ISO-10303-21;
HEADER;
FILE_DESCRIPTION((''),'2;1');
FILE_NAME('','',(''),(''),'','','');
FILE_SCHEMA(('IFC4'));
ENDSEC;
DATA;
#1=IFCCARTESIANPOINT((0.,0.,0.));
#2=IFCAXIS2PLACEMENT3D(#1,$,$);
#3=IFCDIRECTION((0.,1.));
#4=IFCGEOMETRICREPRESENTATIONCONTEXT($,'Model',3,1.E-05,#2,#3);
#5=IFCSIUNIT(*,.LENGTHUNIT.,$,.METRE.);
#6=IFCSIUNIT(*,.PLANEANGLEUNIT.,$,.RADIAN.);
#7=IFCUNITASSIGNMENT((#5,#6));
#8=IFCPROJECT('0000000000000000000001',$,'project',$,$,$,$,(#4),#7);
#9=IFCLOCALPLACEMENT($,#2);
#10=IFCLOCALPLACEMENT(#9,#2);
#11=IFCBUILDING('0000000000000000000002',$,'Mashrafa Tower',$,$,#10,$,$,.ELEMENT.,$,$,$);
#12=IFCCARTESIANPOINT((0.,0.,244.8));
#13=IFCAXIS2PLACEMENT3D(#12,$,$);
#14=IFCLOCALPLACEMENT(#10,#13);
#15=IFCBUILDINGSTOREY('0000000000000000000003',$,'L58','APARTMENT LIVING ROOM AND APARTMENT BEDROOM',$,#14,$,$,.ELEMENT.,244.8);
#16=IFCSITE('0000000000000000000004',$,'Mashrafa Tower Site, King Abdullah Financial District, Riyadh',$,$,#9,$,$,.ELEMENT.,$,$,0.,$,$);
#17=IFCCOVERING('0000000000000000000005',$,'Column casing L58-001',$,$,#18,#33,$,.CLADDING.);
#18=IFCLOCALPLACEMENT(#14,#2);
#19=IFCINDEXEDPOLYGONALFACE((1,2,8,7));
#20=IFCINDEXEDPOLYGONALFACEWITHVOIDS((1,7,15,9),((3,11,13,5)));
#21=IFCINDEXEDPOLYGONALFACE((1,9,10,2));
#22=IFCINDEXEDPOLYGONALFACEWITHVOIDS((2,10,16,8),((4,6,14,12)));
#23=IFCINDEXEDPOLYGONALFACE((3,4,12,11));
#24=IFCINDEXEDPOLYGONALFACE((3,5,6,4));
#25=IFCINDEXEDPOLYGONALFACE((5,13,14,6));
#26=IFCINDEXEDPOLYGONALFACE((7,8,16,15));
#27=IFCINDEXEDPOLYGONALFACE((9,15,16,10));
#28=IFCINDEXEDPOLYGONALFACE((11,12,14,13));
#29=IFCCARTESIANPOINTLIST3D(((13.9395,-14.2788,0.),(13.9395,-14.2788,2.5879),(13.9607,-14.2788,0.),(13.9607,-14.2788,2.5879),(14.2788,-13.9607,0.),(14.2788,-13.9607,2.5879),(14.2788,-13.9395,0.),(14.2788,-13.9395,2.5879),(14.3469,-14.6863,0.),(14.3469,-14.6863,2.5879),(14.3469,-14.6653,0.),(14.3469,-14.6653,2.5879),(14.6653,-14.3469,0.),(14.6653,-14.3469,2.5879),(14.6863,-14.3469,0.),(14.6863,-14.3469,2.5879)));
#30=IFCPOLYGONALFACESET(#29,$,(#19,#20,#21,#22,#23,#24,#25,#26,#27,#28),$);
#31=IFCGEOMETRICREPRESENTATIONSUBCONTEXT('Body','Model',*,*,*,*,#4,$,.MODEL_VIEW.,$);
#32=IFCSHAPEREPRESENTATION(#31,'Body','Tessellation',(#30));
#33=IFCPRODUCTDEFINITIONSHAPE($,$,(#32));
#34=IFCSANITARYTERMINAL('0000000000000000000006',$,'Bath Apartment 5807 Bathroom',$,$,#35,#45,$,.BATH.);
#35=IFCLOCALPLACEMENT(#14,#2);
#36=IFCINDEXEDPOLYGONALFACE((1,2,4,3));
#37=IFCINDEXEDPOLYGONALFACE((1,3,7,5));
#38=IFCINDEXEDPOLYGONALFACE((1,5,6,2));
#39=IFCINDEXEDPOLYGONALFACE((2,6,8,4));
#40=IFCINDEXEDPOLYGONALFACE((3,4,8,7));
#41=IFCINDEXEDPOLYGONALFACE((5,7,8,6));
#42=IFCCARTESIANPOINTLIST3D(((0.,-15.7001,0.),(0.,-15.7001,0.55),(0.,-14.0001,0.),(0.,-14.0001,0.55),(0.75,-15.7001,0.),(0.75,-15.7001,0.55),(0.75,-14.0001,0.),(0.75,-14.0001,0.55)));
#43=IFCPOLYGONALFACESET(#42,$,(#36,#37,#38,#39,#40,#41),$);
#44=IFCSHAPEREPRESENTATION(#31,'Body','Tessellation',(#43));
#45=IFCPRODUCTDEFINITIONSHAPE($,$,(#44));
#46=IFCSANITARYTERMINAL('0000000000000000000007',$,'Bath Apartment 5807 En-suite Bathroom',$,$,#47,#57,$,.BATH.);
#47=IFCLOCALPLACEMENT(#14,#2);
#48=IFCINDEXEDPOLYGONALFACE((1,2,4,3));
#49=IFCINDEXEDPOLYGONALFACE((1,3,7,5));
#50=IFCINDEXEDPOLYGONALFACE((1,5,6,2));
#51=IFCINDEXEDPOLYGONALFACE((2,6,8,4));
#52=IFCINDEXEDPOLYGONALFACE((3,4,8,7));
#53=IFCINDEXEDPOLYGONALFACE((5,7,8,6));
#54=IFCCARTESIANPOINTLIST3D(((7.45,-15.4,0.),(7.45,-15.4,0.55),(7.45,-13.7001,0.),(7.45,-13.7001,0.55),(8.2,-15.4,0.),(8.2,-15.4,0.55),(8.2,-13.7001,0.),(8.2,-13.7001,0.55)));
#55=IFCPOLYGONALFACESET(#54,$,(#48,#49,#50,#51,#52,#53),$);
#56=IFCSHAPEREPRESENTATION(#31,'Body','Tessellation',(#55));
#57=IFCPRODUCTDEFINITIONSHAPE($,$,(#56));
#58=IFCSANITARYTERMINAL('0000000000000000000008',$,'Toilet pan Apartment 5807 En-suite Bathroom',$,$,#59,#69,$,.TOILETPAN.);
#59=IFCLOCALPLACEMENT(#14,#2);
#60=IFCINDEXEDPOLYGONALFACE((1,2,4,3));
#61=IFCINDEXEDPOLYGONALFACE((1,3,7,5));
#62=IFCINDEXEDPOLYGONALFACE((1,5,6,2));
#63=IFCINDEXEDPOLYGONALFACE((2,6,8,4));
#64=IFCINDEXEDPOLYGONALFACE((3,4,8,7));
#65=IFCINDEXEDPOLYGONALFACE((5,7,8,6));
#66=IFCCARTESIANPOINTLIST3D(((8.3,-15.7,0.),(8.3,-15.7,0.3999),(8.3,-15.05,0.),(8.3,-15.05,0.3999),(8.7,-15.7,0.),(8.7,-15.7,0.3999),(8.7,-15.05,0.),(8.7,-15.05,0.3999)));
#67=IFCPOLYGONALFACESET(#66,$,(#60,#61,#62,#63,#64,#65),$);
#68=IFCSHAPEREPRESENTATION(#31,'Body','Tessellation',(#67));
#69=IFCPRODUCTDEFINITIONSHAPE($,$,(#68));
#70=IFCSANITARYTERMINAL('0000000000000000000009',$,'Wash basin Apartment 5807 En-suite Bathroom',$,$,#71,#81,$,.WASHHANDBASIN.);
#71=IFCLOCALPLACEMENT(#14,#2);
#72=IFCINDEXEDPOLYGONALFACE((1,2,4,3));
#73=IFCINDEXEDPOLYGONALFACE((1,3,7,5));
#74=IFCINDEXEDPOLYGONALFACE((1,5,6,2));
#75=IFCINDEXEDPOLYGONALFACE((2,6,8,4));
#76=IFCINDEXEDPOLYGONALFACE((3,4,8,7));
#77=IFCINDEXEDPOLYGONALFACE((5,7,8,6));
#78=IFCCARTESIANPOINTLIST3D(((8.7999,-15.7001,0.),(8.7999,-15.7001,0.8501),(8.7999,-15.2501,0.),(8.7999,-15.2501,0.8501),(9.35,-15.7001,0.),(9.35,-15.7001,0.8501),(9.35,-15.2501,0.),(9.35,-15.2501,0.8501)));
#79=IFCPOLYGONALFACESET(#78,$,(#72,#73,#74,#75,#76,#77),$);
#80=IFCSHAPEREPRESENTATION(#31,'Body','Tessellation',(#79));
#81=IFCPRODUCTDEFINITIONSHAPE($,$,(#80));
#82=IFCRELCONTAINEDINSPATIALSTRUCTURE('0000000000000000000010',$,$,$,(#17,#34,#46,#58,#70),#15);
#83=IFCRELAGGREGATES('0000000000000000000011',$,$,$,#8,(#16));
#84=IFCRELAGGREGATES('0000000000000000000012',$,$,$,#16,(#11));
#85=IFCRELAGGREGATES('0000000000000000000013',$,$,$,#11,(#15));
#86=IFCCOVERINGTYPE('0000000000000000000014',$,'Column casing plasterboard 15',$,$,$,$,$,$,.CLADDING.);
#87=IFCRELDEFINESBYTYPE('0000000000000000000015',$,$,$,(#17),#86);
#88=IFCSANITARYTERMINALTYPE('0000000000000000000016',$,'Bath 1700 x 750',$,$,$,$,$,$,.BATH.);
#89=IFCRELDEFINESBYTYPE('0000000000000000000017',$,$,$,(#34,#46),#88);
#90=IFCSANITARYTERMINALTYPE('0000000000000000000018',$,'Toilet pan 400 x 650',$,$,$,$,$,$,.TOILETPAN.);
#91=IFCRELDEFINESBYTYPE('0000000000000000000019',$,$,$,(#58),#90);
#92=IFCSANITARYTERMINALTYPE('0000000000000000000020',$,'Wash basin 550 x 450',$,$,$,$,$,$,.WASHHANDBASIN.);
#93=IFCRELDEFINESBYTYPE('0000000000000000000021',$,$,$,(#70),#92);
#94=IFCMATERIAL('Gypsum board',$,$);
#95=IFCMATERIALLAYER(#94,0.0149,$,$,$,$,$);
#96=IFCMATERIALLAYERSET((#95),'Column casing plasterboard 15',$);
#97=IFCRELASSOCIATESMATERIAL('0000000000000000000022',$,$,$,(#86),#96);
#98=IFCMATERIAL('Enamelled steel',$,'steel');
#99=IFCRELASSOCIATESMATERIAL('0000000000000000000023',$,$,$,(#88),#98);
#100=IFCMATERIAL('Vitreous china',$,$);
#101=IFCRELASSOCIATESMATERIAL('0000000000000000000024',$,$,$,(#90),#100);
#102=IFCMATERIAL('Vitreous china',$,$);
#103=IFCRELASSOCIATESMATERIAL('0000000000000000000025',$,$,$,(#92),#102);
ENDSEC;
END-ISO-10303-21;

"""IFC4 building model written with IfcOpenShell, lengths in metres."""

from ifc_helpers import new_model, si_unit, direction, frame, origin, origin_2d, place, context, subcontext, project, spatial, polyline, rectangle, outline, extrude, material, layer, layer_set, type_object, element, save


model = new_model("IFC4")

# Units and contexts
model_context = context("Model", 3, precision=1e-05, world=origin(), true_north=direction((0.0, 1.0)))
body_context = subcontext(model_context, "Body", "Model", "MODEL_VIEW")
ifc_project = project(units=[si_unit("LENGTHUNIT", "METRE"), si_unit("PLANEANGLEUNIT", "RADIAN")], contexts=[model_context])

# Site, building, storey
site_placement = place(None, origin())
site = spatial("IfcSite", under=ifc_project, at=site_placement, Name="Mashrafa Tower Site, King Abdullah Financial District, Riyadh", CompositionType="ELEMENT", RefElevation=0.0)
building_placement = place(site_placement, origin())
building = spatial("IfcBuilding", under=site, at=building_placement, Name="Mashrafa Tower", CompositionType="ELEMENT")
storey_placement = place(building_placement, frame((0.0, 0.0, 244.8)))
storey = spatial("IfcBuildingStorey", under=building, at=storey_placement, Name="L58", Description="APARTMENT LIVING ROOM AND APARTMENT BEDROOM", CompositionType="ELEMENT", Elevation=244.8)

# Covering
ifc_material_1 = material(Name="Gypsum board")
ifc_layer_1 = layer(ifc_material_1, 0.0149)
ifc_layer_set_1 = layer_set([ifc_layer_1], Name="Column casing plasterboard 15")
covering_type = type_object("IfcCoveringType", Name="Column casing plasterboard 15", PredefinedType="CLADDING", material=ifc_layer_set_1)
covering_placement = place(storey_placement, origin())
element("IfcCovering", 1, at=covering_placement, inside=storey, type_object=covering_type, Name="Column casing L58-001", PredefinedType="CLADDING", context=body_context, shape_type="SweptSolid", body=[
    extrude(outline(polyline([(13.9395, -14.2788), (14.2788, -13.9395), (14.6863, -14.3469), (14.3469, -14.6863), (13.9395, -14.2788)]), holes=[polyline([(14.6653, -14.3469), (14.2788, -13.9607), (13.9607, -14.2788), (14.3469, -14.6653), (14.6653, -14.3469)])]), origin(), (0.0, 0.0, 1.0), 2.5879),
])

# Sanitary terminals
ifc_material_2 = material(Name="Enamelled steel", Category="steel")
sanitary_terminal_type_1 = type_object("IfcSanitaryTerminalType", Name="Bath 1700 x 750", PredefinedType="BATH", material=ifc_material_2)
for number, where, z_axis, x_axis, name in (
    (2, (0.375, -14.8501, 0.0), (0.0, 0.0, 1.0), (0.0, 1.0, 0.0), "Bath Apartment 5807 Bathroom"),
    (3, (7.825, -14.55, 0.0), (0.0, 0.0, 1.0), (0.0, -1.0, 0.0), "Bath Apartment 5807 En-suite Bathroom"),
):
    element("IfcSanitaryTerminal", number, at=place(storey_placement, frame(where, z_axis=z_axis, x_axis=x_axis)), inside=storey, type_object=sanitary_terminal_type_1, Name=name, PredefinedType="BATH", context=body_context, shape_type="SweptSolid", body=[
        extrude(rectangle(XDim=1.7, YDim=0.75, at=origin_2d()), origin(), (0.0, 0.0, 1.0), 0.55),
    ])
ifc_material_3 = material(Name="Vitreous china")
sanitary_terminal_type_2 = type_object("IfcSanitaryTerminalType", Name="Toilet pan 400 x 650", PredefinedType="TOILETPAN", material=ifc_material_3)
sanitary_terminal_1_placement = place(storey_placement, frame((8.5, -15.375, 0.0), z_axis=(0.0, 0.0, 1.0), x_axis=(1.0, 0.0, 0.0)))
element("IfcSanitaryTerminal", 4, at=sanitary_terminal_1_placement, inside=storey, type_object=sanitary_terminal_type_2, Name="Toilet pan Apartment 5807 En-suite Bathroom", PredefinedType="TOILETPAN", context=body_context, shape_type="SweptSolid", body=[
    extrude(rectangle(XDim=0.3999, YDim=0.6499, at=origin_2d()), origin(), (0.0, 0.0, 1.0), 0.3999),
])
ifc_material_4 = material(Name="Vitreous china")
sanitary_terminal_type_3 = type_object("IfcSanitaryTerminalType", Name="Wash basin 550 x 450", PredefinedType="WASHHANDBASIN", material=ifc_material_4)
sanitary_terminal_2_placement = place(storey_placement, frame((9.075, -15.4751, 0.0), z_axis=(0.0, 0.0, 1.0), x_axis=(1.0, 0.0, 0.0)))
element("IfcSanitaryTerminal", 5, at=sanitary_terminal_2_placement, inside=storey, type_object=sanitary_terminal_type_3, Name="Wash basin Apartment 5807 En-suite Bathroom", PredefinedType="WASHHANDBASIN", context=body_context, shape_type="SweptSolid", body=[
    extrude(rectangle(XDim=0.55, YDim=0.45, at=origin_2d()), origin(), (0.0, 0.0, 1.0), 0.8501),
])

save(model, "model.ifc")
